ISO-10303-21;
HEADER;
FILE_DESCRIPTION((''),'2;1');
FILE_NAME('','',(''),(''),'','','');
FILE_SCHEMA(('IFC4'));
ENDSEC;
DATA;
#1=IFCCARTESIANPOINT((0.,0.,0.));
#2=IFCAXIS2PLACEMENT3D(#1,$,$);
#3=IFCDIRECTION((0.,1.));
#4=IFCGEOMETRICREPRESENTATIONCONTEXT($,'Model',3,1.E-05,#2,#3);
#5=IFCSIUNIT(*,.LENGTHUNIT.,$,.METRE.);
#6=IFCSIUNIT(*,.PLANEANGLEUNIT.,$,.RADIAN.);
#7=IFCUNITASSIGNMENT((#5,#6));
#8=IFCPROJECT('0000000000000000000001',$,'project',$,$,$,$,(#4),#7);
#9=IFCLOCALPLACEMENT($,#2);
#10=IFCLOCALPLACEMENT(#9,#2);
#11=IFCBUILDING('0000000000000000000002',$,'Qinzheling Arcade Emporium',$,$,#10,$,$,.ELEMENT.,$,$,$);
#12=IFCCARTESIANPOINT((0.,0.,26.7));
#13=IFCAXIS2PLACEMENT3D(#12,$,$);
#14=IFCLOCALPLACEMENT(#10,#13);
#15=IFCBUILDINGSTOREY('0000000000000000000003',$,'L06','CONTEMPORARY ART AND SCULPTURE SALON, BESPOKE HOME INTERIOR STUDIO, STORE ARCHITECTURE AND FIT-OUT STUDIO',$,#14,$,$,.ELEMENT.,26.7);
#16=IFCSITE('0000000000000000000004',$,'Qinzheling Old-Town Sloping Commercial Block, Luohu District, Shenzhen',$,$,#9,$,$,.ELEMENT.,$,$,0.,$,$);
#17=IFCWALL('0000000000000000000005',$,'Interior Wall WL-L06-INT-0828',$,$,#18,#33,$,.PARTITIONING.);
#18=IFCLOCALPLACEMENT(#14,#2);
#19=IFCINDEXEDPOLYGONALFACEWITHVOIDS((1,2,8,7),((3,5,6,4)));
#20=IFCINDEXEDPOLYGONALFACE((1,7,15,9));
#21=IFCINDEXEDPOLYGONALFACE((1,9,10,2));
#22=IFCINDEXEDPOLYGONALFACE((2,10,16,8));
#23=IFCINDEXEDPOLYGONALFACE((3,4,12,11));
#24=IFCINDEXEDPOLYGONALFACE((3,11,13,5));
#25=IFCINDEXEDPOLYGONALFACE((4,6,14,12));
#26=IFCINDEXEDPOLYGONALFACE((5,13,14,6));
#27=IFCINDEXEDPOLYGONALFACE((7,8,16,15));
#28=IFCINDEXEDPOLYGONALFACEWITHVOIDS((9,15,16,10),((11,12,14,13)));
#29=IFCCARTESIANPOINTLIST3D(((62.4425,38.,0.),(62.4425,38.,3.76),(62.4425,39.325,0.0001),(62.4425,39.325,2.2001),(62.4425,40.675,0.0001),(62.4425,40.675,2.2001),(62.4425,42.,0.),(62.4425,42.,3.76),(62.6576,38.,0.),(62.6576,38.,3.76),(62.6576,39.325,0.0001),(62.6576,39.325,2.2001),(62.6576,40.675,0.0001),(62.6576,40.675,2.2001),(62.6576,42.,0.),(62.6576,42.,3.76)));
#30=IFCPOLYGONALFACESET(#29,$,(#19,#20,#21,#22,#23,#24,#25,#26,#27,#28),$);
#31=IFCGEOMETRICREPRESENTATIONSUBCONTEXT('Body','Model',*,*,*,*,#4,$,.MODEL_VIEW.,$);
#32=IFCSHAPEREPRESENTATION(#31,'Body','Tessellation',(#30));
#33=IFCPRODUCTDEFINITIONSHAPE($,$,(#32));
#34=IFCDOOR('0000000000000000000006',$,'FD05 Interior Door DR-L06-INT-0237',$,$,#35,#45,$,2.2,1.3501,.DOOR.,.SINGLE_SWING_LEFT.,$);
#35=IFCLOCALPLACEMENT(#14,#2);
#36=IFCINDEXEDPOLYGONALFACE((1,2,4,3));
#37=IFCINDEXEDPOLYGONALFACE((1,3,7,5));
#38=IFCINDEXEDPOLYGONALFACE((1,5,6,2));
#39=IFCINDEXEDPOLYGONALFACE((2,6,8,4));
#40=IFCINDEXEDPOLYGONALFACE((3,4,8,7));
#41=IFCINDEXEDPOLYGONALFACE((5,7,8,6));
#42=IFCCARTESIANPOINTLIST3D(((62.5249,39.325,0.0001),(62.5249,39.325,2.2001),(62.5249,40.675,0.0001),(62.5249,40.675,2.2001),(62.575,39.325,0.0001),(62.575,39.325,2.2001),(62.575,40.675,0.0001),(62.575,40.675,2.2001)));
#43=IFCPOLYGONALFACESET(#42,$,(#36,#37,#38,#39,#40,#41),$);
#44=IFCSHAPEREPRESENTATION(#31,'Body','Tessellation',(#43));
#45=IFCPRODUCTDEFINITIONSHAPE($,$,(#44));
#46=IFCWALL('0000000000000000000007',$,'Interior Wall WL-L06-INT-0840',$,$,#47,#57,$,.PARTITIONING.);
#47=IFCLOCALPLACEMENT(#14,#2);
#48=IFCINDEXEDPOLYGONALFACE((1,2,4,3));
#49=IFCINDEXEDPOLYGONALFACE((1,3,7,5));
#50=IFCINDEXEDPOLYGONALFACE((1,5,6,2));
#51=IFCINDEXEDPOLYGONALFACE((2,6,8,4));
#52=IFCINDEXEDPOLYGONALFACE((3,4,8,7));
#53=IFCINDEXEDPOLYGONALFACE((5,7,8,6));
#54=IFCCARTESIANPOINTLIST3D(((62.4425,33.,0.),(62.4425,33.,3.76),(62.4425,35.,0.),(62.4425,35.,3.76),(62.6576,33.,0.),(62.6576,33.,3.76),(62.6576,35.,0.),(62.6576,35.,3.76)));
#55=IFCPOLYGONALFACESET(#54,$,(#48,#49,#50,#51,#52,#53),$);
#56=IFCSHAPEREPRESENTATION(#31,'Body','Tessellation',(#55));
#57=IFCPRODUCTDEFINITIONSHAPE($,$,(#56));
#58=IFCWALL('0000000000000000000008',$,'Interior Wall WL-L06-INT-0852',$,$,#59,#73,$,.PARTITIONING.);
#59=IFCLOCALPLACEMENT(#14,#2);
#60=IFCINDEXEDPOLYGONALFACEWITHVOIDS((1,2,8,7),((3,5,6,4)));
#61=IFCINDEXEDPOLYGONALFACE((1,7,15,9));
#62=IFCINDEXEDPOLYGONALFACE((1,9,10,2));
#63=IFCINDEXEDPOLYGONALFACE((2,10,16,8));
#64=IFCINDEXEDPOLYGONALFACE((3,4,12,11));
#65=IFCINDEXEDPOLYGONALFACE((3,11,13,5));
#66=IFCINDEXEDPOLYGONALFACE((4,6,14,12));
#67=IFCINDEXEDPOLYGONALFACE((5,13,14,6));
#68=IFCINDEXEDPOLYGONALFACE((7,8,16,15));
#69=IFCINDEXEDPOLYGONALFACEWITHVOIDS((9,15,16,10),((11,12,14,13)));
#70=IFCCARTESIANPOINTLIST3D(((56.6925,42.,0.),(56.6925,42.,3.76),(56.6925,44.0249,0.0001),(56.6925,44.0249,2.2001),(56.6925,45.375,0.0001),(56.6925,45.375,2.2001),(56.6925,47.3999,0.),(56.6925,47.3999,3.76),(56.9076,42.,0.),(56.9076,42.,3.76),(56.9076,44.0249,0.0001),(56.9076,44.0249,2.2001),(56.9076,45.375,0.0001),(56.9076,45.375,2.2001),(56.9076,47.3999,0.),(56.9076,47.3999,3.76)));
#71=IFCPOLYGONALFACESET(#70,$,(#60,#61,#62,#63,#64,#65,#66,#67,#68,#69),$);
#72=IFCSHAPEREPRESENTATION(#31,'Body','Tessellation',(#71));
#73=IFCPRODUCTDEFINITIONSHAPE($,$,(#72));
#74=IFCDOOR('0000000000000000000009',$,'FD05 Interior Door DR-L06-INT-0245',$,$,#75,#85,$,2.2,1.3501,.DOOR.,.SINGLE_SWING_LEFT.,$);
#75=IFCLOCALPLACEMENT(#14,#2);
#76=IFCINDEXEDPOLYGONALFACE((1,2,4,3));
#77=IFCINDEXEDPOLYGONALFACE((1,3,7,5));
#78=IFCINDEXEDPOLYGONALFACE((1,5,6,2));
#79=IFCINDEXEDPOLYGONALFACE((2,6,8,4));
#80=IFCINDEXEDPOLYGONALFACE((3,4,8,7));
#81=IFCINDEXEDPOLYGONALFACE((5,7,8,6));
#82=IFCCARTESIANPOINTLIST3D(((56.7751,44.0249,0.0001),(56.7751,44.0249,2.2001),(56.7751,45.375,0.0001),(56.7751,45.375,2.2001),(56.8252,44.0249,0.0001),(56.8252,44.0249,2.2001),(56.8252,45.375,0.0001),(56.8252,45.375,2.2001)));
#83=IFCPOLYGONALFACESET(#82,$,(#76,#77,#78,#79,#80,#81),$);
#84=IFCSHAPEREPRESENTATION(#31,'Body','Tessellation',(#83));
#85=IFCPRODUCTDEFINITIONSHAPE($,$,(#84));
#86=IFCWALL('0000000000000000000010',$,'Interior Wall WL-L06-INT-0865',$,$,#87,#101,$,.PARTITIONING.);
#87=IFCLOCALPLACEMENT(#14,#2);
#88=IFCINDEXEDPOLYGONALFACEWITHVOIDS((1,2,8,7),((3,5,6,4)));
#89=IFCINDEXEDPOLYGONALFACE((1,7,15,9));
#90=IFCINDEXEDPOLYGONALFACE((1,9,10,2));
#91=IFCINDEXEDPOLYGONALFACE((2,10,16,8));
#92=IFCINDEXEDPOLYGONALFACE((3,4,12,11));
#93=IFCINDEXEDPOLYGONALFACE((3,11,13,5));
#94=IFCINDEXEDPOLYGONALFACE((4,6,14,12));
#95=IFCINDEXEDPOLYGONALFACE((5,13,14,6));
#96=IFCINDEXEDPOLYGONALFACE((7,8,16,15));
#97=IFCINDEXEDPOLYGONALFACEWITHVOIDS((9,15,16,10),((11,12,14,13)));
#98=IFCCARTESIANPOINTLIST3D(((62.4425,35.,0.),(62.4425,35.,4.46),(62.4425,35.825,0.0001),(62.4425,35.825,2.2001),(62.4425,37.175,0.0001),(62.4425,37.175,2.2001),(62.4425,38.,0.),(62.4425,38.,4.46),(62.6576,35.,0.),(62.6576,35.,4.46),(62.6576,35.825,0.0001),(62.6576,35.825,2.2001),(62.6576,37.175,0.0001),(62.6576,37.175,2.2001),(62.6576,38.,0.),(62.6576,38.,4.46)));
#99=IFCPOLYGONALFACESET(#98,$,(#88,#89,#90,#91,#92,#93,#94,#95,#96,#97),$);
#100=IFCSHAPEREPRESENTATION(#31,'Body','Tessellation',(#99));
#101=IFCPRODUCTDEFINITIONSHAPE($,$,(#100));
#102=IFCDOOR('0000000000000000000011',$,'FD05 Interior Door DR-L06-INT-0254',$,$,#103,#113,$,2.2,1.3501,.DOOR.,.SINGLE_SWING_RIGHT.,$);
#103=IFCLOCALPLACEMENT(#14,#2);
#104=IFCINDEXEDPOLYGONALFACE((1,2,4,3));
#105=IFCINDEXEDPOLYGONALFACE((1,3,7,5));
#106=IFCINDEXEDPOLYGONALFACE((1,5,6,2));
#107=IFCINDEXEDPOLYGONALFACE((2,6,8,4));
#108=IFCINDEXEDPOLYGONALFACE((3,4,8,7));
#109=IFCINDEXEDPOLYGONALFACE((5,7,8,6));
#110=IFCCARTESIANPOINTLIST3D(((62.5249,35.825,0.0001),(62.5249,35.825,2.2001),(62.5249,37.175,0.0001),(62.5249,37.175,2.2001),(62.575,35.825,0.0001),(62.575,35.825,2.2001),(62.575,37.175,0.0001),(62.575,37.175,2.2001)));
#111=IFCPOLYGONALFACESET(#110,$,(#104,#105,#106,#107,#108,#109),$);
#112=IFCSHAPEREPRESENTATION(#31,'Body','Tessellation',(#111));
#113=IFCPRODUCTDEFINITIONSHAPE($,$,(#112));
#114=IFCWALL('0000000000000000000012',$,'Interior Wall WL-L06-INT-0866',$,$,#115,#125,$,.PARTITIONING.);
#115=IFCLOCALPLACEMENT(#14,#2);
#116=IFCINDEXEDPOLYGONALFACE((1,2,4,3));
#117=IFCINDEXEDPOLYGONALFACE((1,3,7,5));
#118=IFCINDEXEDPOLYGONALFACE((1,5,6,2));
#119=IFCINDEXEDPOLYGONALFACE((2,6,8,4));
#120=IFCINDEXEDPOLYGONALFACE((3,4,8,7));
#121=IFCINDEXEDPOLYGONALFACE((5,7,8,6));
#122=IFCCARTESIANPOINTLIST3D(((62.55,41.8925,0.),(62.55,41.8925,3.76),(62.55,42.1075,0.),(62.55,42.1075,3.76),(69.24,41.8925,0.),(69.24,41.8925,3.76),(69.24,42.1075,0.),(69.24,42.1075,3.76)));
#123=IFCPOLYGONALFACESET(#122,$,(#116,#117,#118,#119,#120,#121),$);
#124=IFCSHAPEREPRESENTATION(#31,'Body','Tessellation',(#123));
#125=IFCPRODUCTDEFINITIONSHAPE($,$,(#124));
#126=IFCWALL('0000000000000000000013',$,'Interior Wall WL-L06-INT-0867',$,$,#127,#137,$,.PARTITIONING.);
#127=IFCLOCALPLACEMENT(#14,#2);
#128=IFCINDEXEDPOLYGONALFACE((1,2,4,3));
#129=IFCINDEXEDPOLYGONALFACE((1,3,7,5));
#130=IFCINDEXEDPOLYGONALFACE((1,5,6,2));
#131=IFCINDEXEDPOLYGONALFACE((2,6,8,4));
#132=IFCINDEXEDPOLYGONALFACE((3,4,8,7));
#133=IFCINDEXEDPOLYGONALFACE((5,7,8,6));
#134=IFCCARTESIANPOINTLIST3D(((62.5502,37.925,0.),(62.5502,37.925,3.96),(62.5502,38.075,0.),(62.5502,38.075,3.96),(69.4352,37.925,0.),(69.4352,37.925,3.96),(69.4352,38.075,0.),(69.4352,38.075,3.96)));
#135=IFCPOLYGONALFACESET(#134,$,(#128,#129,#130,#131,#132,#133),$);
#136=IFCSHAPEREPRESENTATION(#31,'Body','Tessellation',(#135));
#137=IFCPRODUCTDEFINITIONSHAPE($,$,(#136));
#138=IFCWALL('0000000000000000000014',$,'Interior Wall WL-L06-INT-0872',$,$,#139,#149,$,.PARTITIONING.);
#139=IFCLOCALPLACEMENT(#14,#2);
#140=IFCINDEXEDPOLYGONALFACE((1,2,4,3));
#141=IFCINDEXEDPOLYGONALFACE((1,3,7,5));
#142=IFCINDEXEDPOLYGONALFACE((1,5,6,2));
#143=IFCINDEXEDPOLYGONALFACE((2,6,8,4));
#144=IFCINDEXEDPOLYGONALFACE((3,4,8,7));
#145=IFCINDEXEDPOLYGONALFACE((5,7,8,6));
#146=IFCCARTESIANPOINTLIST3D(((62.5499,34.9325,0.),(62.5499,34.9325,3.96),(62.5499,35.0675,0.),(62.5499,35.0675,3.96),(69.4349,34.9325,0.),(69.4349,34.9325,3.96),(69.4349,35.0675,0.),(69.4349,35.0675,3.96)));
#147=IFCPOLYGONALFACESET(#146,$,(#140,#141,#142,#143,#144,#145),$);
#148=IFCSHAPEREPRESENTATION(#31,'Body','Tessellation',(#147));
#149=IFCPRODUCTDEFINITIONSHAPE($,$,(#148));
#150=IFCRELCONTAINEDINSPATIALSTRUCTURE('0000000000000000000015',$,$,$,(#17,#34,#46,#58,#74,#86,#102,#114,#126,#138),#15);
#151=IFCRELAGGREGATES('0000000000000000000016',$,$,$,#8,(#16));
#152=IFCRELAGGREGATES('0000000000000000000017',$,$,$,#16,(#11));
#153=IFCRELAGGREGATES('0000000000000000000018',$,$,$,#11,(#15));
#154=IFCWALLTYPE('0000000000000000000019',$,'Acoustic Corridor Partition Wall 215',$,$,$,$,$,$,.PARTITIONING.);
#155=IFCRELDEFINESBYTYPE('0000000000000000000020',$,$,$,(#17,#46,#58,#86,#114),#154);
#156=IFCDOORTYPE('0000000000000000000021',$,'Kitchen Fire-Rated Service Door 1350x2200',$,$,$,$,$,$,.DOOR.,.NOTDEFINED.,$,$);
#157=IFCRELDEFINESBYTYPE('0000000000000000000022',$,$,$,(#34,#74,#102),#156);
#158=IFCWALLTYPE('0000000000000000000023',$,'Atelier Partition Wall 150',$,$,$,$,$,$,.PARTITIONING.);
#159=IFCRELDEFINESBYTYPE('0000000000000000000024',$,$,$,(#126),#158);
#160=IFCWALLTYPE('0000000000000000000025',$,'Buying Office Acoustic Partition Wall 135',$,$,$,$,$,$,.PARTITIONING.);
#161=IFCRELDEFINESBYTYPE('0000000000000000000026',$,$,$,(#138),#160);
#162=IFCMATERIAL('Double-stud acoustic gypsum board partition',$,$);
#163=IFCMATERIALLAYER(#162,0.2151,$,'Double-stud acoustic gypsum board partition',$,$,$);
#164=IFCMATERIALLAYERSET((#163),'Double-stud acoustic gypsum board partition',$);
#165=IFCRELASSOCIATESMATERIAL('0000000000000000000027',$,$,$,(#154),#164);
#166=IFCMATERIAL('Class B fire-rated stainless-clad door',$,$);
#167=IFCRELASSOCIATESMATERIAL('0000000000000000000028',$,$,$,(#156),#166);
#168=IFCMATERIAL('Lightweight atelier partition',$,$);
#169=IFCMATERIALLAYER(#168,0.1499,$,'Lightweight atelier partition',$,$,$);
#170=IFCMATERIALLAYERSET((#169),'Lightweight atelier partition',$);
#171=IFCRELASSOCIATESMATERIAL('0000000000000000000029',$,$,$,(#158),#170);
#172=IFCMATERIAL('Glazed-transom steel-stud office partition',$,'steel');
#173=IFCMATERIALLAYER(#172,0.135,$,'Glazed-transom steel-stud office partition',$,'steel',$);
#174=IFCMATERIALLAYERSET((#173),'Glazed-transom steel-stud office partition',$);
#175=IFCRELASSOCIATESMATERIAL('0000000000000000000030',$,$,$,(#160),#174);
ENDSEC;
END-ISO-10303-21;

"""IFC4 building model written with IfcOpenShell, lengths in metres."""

from ifc_helpers import new_model, si_unit, direction, frame, frame_2d, origin, place, context, subcontext, project, spatial, rectangle, extrude, material, layer, layer_set, type_object, element, fill, save


model = new_model("IFC4")

# Units and contexts
model_context = context("Model", 3, precision=1e-05, world=origin(), true_north=direction((0.0, 1.0)))
body_context = subcontext(model_context, "Body", "Model", "MODEL_VIEW")
ifc_project = project(units=[si_unit("LENGTHUNIT", "METRE"), si_unit("PLANEANGLEUNIT", "RADIAN")], contexts=[model_context])

# Site, building, storey
site_placement = place(None, origin())
site = spatial("IfcSite", under=ifc_project, at=site_placement, Name="Qinzheling Old-Town Sloping Commercial Block, Luohu District, Shenzhen", CompositionType="ELEMENT", RefElevation=0.0)
building_placement = place(site_placement, origin())
building = spatial("IfcBuilding", under=site, at=building_placement, Name="Qinzheling Arcade Emporium", CompositionType="ELEMENT")
storey_placement = place(building_placement, frame((0.0, 0.0, 26.7)))
storey = spatial("IfcBuildingStorey", under=building, at=storey_placement, Name="L06", Description="CONTEMPORARY ART AND SCULPTURE SALON, BESPOKE HOME INTERIOR STUDIO, STORE ARCHITECTURE AND FIT-OUT STUDIO", CompositionType="ELEMENT", Elevation=26.7)

# Wall, opening, door
ifc_material_1 = material(Name="Double-stud acoustic gypsum board partition")
ifc_layer_1 = layer(ifc_material_1, 0.2151, Name="Double-stud acoustic gypsum board partition")
ifc_layer_set_1 = layer_set([ifc_layer_1], Name="Double-stud acoustic gypsum board partition")
wall_type_1 = type_object("IfcWallType", Name="Acoustic Corridor Partition Wall 215", PredefinedType="PARTITIONING", material=ifc_layer_set_1)
wall_1_placement = place(storey_placement, frame((62.55, 42.0, 0.0), z_axis=(0.0, 0.0, 1.0), x_axis=(0.0, -1.0, 0.0)))
wall_1 = element("IfcWall", 1, at=wall_1_placement, inside=storey, type_object=wall_type_1, Name="Interior Wall WL-L06-INT-0828", PredefinedType="PARTITIONING", context=body_context, shape_type="SweptSolid", body=[
    extrude(rectangle(XDim=4.0, YDim=0.2151, at=frame_2d((2.0, 0.0))), origin(), (0.0, 0.0, 1.0), 3.76),
])
opening_1_placement = place(wall_1_placement, frame((1.325, 0.0, 0.0)))
opening_1 = element("IfcOpeningElement", 2, at=opening_1_placement, cuts=wall_1, PredefinedType="OPENING", context=body_context, shape_type="SweptSolid", body=[
    extrude(rectangle(XDim=1.3501, YDim=2.2, at=frame_2d((0.675, 1.1001))), frame((0.0, 0.1177, 0.0), z_axis=(0.0, -1.0, 0.0), x_axis=(1.0, 0.0, 0.0)), (0.0, 0.0, 1.0), 0.2351),
])
ifc_material_2 = material(Name="Class B fire-rated stainless-clad door")
door_type = type_object("IfcDoorType", Name="Kitchen Fire-Rated Service Door 1350x2200", OperationType="NOTDEFINED", PredefinedType="DOOR", material=ifc_material_2)
door_1_placement = place(opening_1_placement, origin())
door_1 = element("IfcDoor", 3, at=door_1_placement, inside=storey, type_object=door_type, Name="FD05 Interior Door DR-L06-INT-0237", OperationType="SINGLE_SWING_LEFT", OverallHeight=2.2, OverallWidth=1.3501, PredefinedType="DOOR", context=body_context, shape_type="SweptSolid", body=[
    extrude(rectangle(XDim=1.3501, YDim=2.2, at=frame_2d((0.675, 1.1001))), frame((0.0, 0.0249, 0.0), z_axis=(0.0, -1.0, 0.0), x_axis=(1.0, 0.0, 0.0)), (0.0, 0.0, 1.0), 0.05),
])
fill(opening_1, door_1)

# Wall
wall_2_placement = place(storey_placement, frame((62.55, 35.0, 0.0), z_axis=(0.0, 0.0, 1.0), x_axis=(0.0, -1.0, 0.0)))
element("IfcWall", 4, at=wall_2_placement, inside=storey, type_object=wall_type_1, Name="Interior Wall WL-L06-INT-0840", PredefinedType="PARTITIONING", context=body_context, shape_type="SweptSolid", body=[
    extrude(rectangle(XDim=2.0, YDim=0.2151, at=frame_2d((1.0, 0.0))), origin(), (0.0, 0.0, 1.0), 3.76),
])

# Walls, openings, doors
wall_3_placement = place(storey_placement, frame((56.8, 42.0, 0.0), z_axis=(0.0, 0.0, 1.0), x_axis=(0.0, 1.0, 0.0)))
wall_3 = element("IfcWall", 5, at=wall_3_placement, inside=storey, type_object=wall_type_1, Name="Interior Wall WL-L06-INT-0852", PredefinedType="PARTITIONING", context=body_context, shape_type="SweptSolid", body=[
    extrude(rectangle(XDim=5.3999, YDim=0.2151, at=frame_2d((2.7, 0.0))), origin(), (0.0, 0.0, 1.0), 3.76),
])
opening_2_placement = place(wall_3_placement, frame((2.0249, 0.0, 0.0)))
opening_2 = element("IfcOpeningElement", 6, at=opening_2_placement, cuts=wall_3, PredefinedType="OPENING", context=body_context, shape_type="SweptSolid", body=[
    extrude(rectangle(XDim=1.3501, YDim=2.2, at=frame_2d((0.675, 1.1001))), frame((0.0, 0.1177, 0.0), z_axis=(0.0, -1.0, 0.0), x_axis=(1.0, 0.0, 0.0)), (0.0, 0.0, 1.0), 0.2351),
])
door_2_placement = place(opening_2_placement, origin())
door_2 = element("IfcDoor", 7, at=door_2_placement, inside=storey, type_object=door_type, Name="FD05 Interior Door DR-L06-INT-0245", OperationType="SINGLE_SWING_LEFT", OverallHeight=2.2, OverallWidth=1.3501, PredefinedType="DOOR", context=body_context, shape_type="SweptSolid", body=[
    extrude(rectangle(XDim=1.3501, YDim=2.2, at=frame_2d((0.675, 1.1001))), frame((0.0, 0.0249, 0.0), z_axis=(0.0, -1.0, 0.0), x_axis=(1.0, 0.0, 0.0)), (0.0, 0.0, 1.0), 0.05),
])
fill(opening_2, door_2)
wall_4_placement = place(storey_placement, frame((62.55, 38.0, 0.0), z_axis=(0.0, 0.0, 1.0), x_axis=(0.0, -1.0, 0.0)))
wall_4 = element("IfcWall", 8, at=wall_4_placement, inside=storey, type_object=wall_type_1, Name="Interior Wall WL-L06-INT-0865", PredefinedType="PARTITIONING", context=body_context, shape_type="SweptSolid", body=[
    extrude(rectangle(XDim=3.0, YDim=0.2151, at=frame_2d((1.5, 0.0))), origin(), (0.0, 0.0, 1.0), 4.46),
])
opening_3_placement = place(wall_4_placement, frame((0.825, 0.0, 0.0)))
opening_3 = element("IfcOpeningElement", 9, at=opening_3_placement, cuts=wall_4, PredefinedType="OPENING", context=body_context, shape_type="SweptSolid", body=[
    extrude(rectangle(XDim=1.3501, YDim=2.2, at=frame_2d((0.675, 1.1001))), frame((0.0, 0.1177, 0.0), z_axis=(0.0, -1.0, 0.0), x_axis=(1.0, 0.0, 0.0)), (0.0, 0.0, 1.0), 0.2351),
])
door_3_placement = place(opening_3_placement, origin())
door_3 = element("IfcDoor", 10, at=door_3_placement, inside=storey, type_object=door_type, Name="FD05 Interior Door DR-L06-INT-0254", OperationType="SINGLE_SWING_RIGHT", OverallHeight=2.2, OverallWidth=1.3501, PredefinedType="DOOR", context=body_context, shape_type="SweptSolid", body=[
    extrude(rectangle(XDim=1.3501, YDim=2.2, at=frame_2d((0.675, 1.1001))), frame((0.0, 0.0249, 0.0), z_axis=(0.0, -1.0, 0.0), x_axis=(1.0, 0.0, 0.0)), (0.0, 0.0, 1.0), 0.05),
])
fill(opening_3, door_3)

# Walls
wall_5_placement = place(storey_placement, frame((62.55, 42.0, 0.0), z_axis=(0.0, 0.0, 1.0), x_axis=(1.0, 0.0, 0.0)))
element("IfcWall", 11, at=wall_5_placement, inside=storey, type_object=wall_type_1, Name="Interior Wall WL-L06-INT-0866", PredefinedType="PARTITIONING", context=body_context, shape_type="SweptSolid", body=[
    extrude(rectangle(XDim=6.6899, YDim=0.2151, at=frame_2d((3.345, 0.0))), origin(), (0.0, 0.0, 1.0), 3.76),
])
ifc_material_3 = material(Name="Lightweight atelier partition")
ifc_layer_2 = layer(ifc_material_3, 0.1499, Name="Lightweight atelier partition")
ifc_layer_set_2 = layer_set([ifc_layer_2], Name="Lightweight atelier partition")
wall_type_2 = type_object("IfcWallType", Name="Atelier Partition Wall 150", PredefinedType="PARTITIONING", material=ifc_layer_set_2)
wall_6_placement = place(storey_placement, frame((69.4351, 38.0, 0.0), z_axis=(0.0, 0.0, 1.0), x_axis=(-1.0, 0.0, 0.0)))
element("IfcWall", 12, at=wall_6_placement, inside=storey, type_object=wall_type_2, Name="Interior Wall WL-L06-INT-0867", PredefinedType="PARTITIONING", context=body_context, shape_type="SweptSolid", body=[
    extrude(rectangle(XDim=6.885, YDim=0.1499, at=frame_2d((3.4424, 0.0))), origin(), (0.0, 0.0, 1.0), 3.96),
])
ifc_material_4 = material(Name="Glazed-transom steel-stud office partition", Category="steel")
ifc_layer_3 = layer(ifc_material_4, 0.135, Name="Glazed-transom steel-stud office partition", Category="steel")
ifc_layer_set_3 = layer_set([ifc_layer_3], Name="Glazed-transom steel-stud office partition")
wall_type_3 = type_object("IfcWallType", Name="Buying Office Acoustic Partition Wall 135", PredefinedType="PARTITIONING", material=ifc_layer_set_3)
wall_7_placement = place(storey_placement, frame((62.55, 35.0, 0.0), z_axis=(0.0, 0.0, 1.0), x_axis=(1.0, 0.0, 0.0)))
element("IfcWall", 13, at=wall_7_placement, inside=storey, type_object=wall_type_3, Name="Interior Wall WL-L06-INT-0872", PredefinedType="PARTITIONING", context=body_context, shape_type="SweptSolid", body=[
    extrude(rectangle(XDim=6.885, YDim=0.135, at=frame_2d((3.4424, 0.0))), origin(), (0.0, 0.0, 1.0), 3.96),
])

save(model, "model.ifc")
